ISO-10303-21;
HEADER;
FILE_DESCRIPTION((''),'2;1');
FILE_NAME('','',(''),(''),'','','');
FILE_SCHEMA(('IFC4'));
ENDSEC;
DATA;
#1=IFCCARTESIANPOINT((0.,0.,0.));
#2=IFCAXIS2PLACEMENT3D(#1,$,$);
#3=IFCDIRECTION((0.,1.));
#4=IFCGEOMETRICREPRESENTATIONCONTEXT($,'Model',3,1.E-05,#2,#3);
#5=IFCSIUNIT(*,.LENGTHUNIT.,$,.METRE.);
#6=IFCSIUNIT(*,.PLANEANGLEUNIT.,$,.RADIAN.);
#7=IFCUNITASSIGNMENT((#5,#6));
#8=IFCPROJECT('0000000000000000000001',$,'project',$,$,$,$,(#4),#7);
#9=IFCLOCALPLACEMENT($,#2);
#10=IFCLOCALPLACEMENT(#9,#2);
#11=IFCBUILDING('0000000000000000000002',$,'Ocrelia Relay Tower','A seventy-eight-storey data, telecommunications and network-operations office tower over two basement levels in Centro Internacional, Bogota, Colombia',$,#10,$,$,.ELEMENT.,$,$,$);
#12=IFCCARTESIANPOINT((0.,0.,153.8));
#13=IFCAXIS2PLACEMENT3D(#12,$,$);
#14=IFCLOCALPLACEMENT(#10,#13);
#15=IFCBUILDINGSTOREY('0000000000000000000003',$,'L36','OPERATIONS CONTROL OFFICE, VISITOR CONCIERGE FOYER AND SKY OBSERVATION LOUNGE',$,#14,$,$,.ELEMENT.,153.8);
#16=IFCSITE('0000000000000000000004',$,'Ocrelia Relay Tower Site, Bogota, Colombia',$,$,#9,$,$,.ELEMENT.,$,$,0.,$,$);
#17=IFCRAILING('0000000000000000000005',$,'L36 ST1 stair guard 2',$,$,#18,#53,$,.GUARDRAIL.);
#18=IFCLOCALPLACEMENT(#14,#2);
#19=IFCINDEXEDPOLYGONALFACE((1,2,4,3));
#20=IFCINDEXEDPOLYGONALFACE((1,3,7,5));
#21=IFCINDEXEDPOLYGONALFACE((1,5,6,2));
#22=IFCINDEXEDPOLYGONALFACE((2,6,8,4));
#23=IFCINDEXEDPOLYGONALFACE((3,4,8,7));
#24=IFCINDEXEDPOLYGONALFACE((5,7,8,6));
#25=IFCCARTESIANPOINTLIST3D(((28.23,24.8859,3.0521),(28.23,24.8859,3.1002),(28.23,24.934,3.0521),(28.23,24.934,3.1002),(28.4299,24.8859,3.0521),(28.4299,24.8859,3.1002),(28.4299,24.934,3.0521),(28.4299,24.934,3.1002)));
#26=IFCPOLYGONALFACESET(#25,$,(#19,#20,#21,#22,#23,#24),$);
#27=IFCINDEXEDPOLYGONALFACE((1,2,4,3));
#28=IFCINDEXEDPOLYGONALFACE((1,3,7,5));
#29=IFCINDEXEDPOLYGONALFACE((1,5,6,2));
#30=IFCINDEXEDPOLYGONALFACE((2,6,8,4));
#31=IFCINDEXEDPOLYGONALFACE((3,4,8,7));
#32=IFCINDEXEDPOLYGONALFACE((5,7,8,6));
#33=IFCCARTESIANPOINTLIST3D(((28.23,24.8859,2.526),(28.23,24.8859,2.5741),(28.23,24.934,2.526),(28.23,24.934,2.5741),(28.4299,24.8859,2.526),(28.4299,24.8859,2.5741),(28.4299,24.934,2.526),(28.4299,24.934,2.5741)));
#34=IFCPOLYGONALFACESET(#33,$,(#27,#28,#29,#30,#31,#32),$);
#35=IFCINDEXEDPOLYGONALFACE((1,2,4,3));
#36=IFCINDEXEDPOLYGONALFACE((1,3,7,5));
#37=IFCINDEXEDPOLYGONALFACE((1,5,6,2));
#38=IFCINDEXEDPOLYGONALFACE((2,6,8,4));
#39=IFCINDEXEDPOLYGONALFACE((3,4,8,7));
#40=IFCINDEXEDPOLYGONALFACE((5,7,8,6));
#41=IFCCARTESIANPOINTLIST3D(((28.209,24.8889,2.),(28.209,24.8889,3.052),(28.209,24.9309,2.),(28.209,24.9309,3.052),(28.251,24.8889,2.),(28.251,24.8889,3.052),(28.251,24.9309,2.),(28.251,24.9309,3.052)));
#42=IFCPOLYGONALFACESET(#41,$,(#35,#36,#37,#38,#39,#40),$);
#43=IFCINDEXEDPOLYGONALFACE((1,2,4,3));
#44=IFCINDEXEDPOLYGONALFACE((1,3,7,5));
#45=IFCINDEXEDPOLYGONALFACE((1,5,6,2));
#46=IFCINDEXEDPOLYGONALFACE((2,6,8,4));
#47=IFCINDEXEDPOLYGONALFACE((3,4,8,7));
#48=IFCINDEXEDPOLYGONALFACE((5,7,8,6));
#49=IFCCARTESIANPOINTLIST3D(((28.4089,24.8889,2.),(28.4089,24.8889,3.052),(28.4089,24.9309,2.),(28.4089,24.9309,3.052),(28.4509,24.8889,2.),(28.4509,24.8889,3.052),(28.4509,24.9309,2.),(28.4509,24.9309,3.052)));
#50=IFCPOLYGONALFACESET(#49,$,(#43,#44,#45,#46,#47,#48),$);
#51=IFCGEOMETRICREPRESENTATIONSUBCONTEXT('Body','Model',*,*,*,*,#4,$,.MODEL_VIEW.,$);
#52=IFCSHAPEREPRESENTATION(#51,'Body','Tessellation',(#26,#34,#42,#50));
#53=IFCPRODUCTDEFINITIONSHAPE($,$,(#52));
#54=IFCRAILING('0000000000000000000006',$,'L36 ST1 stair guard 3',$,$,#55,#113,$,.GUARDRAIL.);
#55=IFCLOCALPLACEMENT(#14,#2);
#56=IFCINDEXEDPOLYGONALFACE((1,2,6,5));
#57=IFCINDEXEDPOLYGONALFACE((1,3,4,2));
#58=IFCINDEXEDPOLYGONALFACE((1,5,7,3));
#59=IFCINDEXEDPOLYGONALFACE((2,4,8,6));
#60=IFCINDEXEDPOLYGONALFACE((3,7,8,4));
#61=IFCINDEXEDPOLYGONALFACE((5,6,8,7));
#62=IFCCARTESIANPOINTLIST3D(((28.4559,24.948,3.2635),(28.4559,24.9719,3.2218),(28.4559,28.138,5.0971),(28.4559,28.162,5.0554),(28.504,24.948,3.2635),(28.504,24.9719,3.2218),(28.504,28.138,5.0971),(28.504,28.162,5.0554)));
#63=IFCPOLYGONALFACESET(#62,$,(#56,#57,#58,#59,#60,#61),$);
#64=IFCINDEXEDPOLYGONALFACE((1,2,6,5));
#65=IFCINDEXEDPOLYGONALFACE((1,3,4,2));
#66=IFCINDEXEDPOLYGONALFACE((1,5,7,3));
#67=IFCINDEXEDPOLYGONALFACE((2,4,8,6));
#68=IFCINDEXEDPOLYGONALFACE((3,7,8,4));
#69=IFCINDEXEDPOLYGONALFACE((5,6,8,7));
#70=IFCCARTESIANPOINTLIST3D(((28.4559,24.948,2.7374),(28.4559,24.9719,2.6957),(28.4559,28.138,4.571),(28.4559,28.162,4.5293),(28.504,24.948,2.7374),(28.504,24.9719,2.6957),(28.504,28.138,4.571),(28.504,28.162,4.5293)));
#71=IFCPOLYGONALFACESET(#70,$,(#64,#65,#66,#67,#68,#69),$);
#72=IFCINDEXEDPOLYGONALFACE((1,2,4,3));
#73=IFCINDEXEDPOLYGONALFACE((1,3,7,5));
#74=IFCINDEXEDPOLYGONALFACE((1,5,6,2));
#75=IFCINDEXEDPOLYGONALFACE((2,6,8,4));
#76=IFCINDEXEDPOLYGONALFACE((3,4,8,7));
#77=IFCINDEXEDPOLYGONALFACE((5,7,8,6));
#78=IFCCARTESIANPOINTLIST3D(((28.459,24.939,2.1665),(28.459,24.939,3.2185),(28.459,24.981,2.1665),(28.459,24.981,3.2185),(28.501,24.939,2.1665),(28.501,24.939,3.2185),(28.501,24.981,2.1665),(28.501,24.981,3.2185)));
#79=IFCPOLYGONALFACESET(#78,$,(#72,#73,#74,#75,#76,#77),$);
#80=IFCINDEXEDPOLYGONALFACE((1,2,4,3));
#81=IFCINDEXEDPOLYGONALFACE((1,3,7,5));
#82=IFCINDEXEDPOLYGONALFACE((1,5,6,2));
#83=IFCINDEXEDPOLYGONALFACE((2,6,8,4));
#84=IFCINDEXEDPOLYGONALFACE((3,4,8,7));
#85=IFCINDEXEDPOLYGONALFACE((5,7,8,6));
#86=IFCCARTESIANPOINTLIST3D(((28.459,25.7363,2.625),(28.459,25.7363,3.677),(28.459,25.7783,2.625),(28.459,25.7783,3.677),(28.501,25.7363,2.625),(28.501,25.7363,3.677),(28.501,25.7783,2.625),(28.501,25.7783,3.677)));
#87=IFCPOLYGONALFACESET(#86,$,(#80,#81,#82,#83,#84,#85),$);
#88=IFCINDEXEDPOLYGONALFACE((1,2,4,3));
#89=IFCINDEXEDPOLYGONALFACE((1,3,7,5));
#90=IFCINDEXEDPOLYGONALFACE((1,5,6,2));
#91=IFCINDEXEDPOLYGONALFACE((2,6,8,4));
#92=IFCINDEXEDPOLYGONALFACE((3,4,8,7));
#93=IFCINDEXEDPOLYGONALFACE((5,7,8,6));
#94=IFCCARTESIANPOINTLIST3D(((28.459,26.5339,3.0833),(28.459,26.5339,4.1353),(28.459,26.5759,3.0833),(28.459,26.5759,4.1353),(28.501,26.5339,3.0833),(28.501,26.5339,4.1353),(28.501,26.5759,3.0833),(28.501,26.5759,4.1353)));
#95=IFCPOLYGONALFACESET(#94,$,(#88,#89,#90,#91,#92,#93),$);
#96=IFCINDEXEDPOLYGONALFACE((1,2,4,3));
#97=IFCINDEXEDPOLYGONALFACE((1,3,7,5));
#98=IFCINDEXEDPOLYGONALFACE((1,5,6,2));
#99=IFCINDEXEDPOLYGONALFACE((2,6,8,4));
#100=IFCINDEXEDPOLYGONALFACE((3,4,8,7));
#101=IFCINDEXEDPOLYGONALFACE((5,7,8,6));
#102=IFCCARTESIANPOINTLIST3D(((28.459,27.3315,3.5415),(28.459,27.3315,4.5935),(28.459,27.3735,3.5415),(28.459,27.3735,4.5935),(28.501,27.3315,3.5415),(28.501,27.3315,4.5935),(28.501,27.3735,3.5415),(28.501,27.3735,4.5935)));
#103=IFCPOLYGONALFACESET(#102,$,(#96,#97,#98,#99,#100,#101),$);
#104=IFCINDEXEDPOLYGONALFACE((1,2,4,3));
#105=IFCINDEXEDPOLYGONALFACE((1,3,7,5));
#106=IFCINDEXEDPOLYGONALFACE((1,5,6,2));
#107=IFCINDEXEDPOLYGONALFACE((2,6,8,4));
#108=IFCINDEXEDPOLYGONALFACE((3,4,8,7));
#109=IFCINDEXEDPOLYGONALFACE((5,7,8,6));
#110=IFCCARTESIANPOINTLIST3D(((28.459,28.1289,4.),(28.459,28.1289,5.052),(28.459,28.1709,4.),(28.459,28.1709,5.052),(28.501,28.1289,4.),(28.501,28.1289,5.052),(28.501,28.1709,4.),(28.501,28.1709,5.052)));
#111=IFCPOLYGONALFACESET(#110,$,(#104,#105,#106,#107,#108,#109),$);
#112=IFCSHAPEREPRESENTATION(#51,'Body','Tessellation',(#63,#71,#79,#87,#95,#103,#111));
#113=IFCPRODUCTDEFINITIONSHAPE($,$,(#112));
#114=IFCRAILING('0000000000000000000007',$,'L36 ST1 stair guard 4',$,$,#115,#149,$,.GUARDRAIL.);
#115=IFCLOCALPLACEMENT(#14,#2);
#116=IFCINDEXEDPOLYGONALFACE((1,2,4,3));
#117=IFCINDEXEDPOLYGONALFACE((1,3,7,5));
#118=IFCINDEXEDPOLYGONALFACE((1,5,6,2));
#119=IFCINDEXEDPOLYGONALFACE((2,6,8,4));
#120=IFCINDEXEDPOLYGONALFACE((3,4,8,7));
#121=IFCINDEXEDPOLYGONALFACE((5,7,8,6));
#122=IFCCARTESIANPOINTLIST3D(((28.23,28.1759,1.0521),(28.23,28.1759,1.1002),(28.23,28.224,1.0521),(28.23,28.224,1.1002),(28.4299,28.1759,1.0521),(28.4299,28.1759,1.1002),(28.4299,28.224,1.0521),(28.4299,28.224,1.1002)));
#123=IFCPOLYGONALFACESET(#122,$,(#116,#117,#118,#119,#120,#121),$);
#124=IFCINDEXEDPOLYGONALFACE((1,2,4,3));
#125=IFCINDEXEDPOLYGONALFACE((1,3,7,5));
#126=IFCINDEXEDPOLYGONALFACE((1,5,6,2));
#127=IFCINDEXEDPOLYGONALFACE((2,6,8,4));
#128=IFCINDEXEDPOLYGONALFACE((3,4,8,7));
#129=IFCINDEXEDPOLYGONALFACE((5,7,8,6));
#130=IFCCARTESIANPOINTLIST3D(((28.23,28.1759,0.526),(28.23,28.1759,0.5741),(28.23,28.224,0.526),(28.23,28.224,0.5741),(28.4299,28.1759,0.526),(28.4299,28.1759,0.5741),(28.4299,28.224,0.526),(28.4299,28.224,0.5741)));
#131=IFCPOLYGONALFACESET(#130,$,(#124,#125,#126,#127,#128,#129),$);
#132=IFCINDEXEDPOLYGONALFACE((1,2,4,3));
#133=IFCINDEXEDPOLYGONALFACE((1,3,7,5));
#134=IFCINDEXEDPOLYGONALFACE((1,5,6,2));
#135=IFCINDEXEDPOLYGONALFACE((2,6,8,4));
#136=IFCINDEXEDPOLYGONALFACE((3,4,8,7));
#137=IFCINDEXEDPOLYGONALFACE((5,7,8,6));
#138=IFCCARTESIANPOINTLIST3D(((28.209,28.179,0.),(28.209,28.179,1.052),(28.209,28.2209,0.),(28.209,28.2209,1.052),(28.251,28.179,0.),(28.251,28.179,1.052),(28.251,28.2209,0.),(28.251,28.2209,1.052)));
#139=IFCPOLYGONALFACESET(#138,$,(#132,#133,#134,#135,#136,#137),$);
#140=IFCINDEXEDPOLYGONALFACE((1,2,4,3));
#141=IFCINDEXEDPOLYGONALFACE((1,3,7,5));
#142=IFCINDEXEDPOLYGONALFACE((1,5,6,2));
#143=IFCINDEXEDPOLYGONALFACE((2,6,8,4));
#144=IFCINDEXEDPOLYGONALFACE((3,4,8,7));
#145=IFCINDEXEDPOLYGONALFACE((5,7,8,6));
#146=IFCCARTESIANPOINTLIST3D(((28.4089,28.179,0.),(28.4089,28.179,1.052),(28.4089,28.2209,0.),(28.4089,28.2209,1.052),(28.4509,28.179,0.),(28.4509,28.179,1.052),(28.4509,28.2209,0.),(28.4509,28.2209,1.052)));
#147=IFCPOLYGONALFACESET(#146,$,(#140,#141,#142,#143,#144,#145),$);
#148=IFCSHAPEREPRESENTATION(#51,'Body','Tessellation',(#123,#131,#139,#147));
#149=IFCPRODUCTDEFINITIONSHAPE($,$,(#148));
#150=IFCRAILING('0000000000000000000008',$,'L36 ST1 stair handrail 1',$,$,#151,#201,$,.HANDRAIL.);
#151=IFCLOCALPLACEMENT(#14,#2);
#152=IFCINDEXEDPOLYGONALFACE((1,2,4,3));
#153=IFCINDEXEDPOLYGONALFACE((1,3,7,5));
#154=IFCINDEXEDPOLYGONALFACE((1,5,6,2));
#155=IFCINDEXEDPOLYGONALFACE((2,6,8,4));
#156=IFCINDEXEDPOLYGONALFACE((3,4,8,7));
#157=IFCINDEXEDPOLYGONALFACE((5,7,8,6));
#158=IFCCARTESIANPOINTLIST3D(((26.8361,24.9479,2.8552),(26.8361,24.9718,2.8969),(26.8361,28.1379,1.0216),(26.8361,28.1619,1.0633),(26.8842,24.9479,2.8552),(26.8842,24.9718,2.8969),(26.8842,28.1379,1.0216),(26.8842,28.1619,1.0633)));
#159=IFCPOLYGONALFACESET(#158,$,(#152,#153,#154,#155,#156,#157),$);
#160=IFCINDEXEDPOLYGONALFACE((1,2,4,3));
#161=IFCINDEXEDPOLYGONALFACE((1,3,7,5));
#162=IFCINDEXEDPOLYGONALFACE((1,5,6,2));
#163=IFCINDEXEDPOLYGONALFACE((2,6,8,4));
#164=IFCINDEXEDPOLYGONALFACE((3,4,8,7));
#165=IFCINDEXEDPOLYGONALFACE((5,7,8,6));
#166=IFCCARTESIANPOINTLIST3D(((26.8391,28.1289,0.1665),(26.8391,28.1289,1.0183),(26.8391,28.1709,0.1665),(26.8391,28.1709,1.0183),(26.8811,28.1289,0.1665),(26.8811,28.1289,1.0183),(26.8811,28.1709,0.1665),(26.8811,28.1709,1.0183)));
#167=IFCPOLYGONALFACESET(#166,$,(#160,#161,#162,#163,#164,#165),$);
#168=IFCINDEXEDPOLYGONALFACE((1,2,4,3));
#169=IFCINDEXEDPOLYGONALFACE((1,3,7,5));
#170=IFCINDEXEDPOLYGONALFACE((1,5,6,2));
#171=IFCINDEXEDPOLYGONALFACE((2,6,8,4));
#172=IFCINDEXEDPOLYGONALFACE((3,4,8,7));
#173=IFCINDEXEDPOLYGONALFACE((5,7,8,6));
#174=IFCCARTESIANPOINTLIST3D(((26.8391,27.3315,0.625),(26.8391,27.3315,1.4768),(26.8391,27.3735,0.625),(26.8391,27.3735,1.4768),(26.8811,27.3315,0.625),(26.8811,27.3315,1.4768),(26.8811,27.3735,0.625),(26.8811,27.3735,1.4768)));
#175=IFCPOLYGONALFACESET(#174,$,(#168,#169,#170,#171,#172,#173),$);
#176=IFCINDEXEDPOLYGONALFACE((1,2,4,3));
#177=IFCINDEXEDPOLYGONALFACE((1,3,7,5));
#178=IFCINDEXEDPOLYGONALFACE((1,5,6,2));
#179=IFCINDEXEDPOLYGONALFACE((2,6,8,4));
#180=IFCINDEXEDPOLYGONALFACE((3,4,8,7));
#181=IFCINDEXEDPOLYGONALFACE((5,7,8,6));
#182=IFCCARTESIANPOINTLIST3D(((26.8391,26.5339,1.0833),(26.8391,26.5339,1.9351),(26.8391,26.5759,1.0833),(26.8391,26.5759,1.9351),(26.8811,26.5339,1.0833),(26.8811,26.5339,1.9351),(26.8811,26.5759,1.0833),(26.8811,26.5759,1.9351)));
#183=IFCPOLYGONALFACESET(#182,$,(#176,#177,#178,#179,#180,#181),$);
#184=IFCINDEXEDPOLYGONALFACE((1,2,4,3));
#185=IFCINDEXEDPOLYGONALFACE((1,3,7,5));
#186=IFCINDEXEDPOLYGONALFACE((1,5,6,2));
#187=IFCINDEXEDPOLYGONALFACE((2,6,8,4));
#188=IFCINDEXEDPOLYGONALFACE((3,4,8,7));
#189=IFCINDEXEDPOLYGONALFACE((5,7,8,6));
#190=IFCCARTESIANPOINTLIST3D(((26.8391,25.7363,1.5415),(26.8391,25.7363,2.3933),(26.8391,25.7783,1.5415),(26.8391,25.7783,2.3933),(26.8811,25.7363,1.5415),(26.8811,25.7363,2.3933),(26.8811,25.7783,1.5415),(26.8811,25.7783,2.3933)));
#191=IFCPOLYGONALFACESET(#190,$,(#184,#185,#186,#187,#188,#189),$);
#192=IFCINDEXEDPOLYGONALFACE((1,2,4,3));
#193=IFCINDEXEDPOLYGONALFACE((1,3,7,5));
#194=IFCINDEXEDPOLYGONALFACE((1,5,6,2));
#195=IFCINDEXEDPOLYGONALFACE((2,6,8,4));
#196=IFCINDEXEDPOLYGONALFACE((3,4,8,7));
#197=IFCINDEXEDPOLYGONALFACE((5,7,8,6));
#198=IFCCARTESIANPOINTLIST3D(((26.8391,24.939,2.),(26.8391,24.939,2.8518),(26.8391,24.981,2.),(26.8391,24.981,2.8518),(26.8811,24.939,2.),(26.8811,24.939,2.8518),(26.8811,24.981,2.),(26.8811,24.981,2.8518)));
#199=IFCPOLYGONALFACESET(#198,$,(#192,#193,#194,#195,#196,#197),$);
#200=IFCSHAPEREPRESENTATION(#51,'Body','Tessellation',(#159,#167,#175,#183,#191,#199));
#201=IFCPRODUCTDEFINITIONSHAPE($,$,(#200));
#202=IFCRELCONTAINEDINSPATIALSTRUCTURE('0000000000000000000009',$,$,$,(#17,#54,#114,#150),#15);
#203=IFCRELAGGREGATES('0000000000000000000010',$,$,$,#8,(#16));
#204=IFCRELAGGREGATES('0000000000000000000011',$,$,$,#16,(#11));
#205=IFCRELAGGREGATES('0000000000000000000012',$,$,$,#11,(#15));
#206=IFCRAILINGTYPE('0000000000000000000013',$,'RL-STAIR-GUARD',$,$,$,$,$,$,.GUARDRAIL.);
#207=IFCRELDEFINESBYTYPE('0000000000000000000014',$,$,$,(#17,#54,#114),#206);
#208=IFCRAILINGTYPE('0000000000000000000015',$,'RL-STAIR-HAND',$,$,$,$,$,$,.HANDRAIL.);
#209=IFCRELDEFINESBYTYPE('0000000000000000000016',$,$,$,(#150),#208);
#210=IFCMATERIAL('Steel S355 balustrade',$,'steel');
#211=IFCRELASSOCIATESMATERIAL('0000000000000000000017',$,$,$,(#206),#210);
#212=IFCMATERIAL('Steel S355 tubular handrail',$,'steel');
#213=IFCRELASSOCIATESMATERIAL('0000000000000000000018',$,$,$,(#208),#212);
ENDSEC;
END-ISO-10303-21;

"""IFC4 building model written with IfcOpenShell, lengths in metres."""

from ifc_helpers import new_model, si_unit, direction, frame, origin, origin_2d, place, context, subcontext, project, spatial, rectangle, extrude, material, type_object, element, save


model = new_model("IFC4")

# Units and contexts
model_context = context("Model", 3, precision=1e-05, world=origin(), true_north=direction((0.0, 1.0)))
body_context = subcontext(model_context, "Body", "Model", "MODEL_VIEW")
ifc_project = project(units=[si_unit("LENGTHUNIT", "METRE"), si_unit("PLANEANGLEUNIT", "RADIAN")], contexts=[model_context])

# Site, building, storey
site_placement = place(None, origin())
site = spatial("IfcSite", under=ifc_project, at=site_placement, Name="Ocrelia Relay Tower Site, Bogota, Colombia", CompositionType="ELEMENT", RefElevation=0.0)
building_placement = place(site_placement, origin())
building = spatial("IfcBuilding", under=site, at=building_placement, Name="Ocrelia Relay Tower", Description="A seventy-eight-storey data, telecommunications and network-operations office tower over two basement levels in Centro Internacional, Bogota, Colombia", CompositionType="ELEMENT")
storey_placement = place(building_placement, frame((0.0, 0.0, 153.8)))
storey = spatial("IfcBuildingStorey", under=building, at=storey_placement, Name="L36", Description="OPERATIONS CONTROL OFFICE, VISITOR CONCIERGE FOYER AND SKY OBSERVATION LOUNGE", CompositionType="ELEMENT", Elevation=153.8)

# Railings
ifc_material_1 = material(Name="Steel S355 balustrade", Category="steel")
railing_type_1 = type_object("IfcRailingType", Name="RL-STAIR-GUARD", PredefinedType="GUARDRAIL", material=ifc_material_1)
railing_1_placement = place(storey_placement, frame((28.23, 24.9099, 2.0)))
element("IfcRailing", 1, at=railing_1_placement, inside=storey, type_object=railing_type_1, Name="L36 ST1 stair guard 2", PredefinedType="GUARDRAIL", context=body_context, shape_type="SweptSolid", body=[
    extrude(rectangle(XDim=0.0481, YDim=0.0481, at=origin_2d()), frame((0.0, 0.0, 1.0762), z_axis=(1.0, 0.0, 0.0), x_axis=(0.0, 1.0, 0.0)), (0.0, 0.0, 1.0), 0.2),
    extrude(rectangle(XDim=0.0481, YDim=0.0481, at=origin_2d()), frame((0.0, 0.0, 0.55), z_axis=(1.0, 0.0, 0.0), x_axis=(0.0, 1.0, 0.0)), (0.0, 0.0, 1.0), 0.2),
    extrude(rectangle(XDim=0.042, YDim=0.042, at=origin_2d()), origin(), (0.0, 0.0, 1.0), 1.052),
    extrude(rectangle(XDim=0.042, YDim=0.042, at=origin_2d()), frame((0.2, 0.0, 0.0)), (0.0, 0.0, 1.0), 1.052),
])
railing_2_placement = place(storey_placement, frame((28.48, 24.96, 2.1665)))
element("IfcRailing", 2, at=railing_2_placement, inside=storey, type_object=railing_type_1, Name="L36 ST1 stair guard 3", PredefinedType="GUARDRAIL", context=body_context, shape_type="SweptSolid", body=[
    extrude(rectangle(XDim=0.0481, YDim=0.0481, at=origin_2d()), frame((0.0, 0.0, 1.0762), z_axis=(0.0, 0.866991, 0.498324), x_axis=(-1.0, 0.0, 0.0)), (0.0, 0.0, 1.0), 3.6794),
    extrude(rectangle(XDim=0.0481, YDim=0.0481, at=origin_2d()), frame((0.0, 0.0, 0.55), z_axis=(0.0, 0.866991, 0.498324), x_axis=(-1.0, 0.0, 0.0)), (0.0, 0.0, 1.0), 3.6794),
    extrude(rectangle(XDim=0.042, YDim=0.042, at=origin_2d()), origin(), (0.0, 0.0, 1.0), 1.052),
    extrude(rectangle(XDim=0.042, YDim=0.042, at=origin_2d()), frame((0.0, 0.7974, 0.4585)), (0.0, 0.0, 1.0), 1.052),
    extrude(rectangle(XDim=0.042, YDim=0.042, at=origin_2d()), frame((0.0, 1.595, 0.9167)), (0.0, 0.0, 1.0), 1.052),
    extrude(rectangle(XDim=0.042, YDim=0.042, at=origin_2d()), frame((0.0, 2.3926, 1.375)), (0.0, 0.0, 1.0), 1.052),
    extrude(rectangle(XDim=0.042, YDim=0.042, at=origin_2d()), frame((0.0, 3.1899, 1.8335)), (0.0, 0.0, 1.0), 1.052),
])
railing_3_placement = place(storey_placement, frame((28.23, 28.2, 0.0)))
element("IfcRailing", 3, at=railing_3_placement, inside=storey, type_object=railing_type_1, Name="L36 ST1 stair guard 4", PredefinedType="GUARDRAIL", context=body_context, shape_type="SweptSolid", body=[
    extrude(rectangle(XDim=0.0481, YDim=0.0481, at=origin_2d()), frame((0.0, 0.0, 1.0762), z_axis=(1.0, 0.0, 0.0), x_axis=(0.0, 1.0, 0.0)), (0.0, 0.0, 1.0), 0.2),
    extrude(rectangle(XDim=0.0481, YDim=0.0481, at=origin_2d()), frame((0.0, 0.0, 0.55), z_axis=(1.0, 0.0, 0.0), x_axis=(0.0, 1.0, 0.0)), (0.0, 0.0, 1.0), 0.2),
    extrude(rectangle(XDim=0.042, YDim=0.042, at=origin_2d()), origin(), (0.0, 0.0, 1.0), 1.052),
    extrude(rectangle(XDim=0.042, YDim=0.042, at=origin_2d()), frame((0.2, 0.0, 0.0)), (0.0, 0.0, 1.0), 1.052),
])
ifc_material_2 = material(Name="Steel S355 tubular handrail", Category="steel")
railing_type_2 = type_object("IfcRailingType", Name="RL-STAIR-HAND", PredefinedType="HANDRAIL", material=ifc_material_2)
railing_4_placement = place(storey_placement, frame((26.8601, 28.1499, 0.1665)))
element("IfcRailing", 4, at=railing_4_placement, inside=storey, type_object=railing_type_2, Name="L36 ST1 stair handrail 1", PredefinedType="HANDRAIL", context=body_context, shape_type="SweptSolid", body=[
    extrude(rectangle(XDim=0.0481, YDim=0.0481, at=origin_2d()), frame((0.0, 0.0, 0.876), z_axis=(0.0, -0.866991, 0.498324), x_axis=(1.0, 0.0, 0.0)), (0.0, 0.0, 1.0), 3.6794),
    extrude(rectangle(XDim=0.042, YDim=0.042, at=origin_2d()), origin(), (0.0, 0.0, 1.0), 0.8518),
    extrude(rectangle(XDim=0.042, YDim=0.042, at=origin_2d()), frame((0.0, -0.7974, 0.4585)), (0.0, 0.0, 1.0), 0.8518),
    extrude(rectangle(XDim=0.042, YDim=0.042, at=origin_2d()), frame((0.0, -1.595, 0.9167)), (0.0, 0.0, 1.0), 0.8518),
    extrude(rectangle(XDim=0.042, YDim=0.042, at=origin_2d()), frame((0.0, -2.3926, 1.375)), (0.0, 0.0, 1.0), 0.8518),
    extrude(rectangle(XDim=0.042, YDim=0.042, at=origin_2d()), frame((0.0, -3.1899, 1.8335)), (0.0, 0.0, 1.0), 0.8518),
])

save(model, "model.ifc")
